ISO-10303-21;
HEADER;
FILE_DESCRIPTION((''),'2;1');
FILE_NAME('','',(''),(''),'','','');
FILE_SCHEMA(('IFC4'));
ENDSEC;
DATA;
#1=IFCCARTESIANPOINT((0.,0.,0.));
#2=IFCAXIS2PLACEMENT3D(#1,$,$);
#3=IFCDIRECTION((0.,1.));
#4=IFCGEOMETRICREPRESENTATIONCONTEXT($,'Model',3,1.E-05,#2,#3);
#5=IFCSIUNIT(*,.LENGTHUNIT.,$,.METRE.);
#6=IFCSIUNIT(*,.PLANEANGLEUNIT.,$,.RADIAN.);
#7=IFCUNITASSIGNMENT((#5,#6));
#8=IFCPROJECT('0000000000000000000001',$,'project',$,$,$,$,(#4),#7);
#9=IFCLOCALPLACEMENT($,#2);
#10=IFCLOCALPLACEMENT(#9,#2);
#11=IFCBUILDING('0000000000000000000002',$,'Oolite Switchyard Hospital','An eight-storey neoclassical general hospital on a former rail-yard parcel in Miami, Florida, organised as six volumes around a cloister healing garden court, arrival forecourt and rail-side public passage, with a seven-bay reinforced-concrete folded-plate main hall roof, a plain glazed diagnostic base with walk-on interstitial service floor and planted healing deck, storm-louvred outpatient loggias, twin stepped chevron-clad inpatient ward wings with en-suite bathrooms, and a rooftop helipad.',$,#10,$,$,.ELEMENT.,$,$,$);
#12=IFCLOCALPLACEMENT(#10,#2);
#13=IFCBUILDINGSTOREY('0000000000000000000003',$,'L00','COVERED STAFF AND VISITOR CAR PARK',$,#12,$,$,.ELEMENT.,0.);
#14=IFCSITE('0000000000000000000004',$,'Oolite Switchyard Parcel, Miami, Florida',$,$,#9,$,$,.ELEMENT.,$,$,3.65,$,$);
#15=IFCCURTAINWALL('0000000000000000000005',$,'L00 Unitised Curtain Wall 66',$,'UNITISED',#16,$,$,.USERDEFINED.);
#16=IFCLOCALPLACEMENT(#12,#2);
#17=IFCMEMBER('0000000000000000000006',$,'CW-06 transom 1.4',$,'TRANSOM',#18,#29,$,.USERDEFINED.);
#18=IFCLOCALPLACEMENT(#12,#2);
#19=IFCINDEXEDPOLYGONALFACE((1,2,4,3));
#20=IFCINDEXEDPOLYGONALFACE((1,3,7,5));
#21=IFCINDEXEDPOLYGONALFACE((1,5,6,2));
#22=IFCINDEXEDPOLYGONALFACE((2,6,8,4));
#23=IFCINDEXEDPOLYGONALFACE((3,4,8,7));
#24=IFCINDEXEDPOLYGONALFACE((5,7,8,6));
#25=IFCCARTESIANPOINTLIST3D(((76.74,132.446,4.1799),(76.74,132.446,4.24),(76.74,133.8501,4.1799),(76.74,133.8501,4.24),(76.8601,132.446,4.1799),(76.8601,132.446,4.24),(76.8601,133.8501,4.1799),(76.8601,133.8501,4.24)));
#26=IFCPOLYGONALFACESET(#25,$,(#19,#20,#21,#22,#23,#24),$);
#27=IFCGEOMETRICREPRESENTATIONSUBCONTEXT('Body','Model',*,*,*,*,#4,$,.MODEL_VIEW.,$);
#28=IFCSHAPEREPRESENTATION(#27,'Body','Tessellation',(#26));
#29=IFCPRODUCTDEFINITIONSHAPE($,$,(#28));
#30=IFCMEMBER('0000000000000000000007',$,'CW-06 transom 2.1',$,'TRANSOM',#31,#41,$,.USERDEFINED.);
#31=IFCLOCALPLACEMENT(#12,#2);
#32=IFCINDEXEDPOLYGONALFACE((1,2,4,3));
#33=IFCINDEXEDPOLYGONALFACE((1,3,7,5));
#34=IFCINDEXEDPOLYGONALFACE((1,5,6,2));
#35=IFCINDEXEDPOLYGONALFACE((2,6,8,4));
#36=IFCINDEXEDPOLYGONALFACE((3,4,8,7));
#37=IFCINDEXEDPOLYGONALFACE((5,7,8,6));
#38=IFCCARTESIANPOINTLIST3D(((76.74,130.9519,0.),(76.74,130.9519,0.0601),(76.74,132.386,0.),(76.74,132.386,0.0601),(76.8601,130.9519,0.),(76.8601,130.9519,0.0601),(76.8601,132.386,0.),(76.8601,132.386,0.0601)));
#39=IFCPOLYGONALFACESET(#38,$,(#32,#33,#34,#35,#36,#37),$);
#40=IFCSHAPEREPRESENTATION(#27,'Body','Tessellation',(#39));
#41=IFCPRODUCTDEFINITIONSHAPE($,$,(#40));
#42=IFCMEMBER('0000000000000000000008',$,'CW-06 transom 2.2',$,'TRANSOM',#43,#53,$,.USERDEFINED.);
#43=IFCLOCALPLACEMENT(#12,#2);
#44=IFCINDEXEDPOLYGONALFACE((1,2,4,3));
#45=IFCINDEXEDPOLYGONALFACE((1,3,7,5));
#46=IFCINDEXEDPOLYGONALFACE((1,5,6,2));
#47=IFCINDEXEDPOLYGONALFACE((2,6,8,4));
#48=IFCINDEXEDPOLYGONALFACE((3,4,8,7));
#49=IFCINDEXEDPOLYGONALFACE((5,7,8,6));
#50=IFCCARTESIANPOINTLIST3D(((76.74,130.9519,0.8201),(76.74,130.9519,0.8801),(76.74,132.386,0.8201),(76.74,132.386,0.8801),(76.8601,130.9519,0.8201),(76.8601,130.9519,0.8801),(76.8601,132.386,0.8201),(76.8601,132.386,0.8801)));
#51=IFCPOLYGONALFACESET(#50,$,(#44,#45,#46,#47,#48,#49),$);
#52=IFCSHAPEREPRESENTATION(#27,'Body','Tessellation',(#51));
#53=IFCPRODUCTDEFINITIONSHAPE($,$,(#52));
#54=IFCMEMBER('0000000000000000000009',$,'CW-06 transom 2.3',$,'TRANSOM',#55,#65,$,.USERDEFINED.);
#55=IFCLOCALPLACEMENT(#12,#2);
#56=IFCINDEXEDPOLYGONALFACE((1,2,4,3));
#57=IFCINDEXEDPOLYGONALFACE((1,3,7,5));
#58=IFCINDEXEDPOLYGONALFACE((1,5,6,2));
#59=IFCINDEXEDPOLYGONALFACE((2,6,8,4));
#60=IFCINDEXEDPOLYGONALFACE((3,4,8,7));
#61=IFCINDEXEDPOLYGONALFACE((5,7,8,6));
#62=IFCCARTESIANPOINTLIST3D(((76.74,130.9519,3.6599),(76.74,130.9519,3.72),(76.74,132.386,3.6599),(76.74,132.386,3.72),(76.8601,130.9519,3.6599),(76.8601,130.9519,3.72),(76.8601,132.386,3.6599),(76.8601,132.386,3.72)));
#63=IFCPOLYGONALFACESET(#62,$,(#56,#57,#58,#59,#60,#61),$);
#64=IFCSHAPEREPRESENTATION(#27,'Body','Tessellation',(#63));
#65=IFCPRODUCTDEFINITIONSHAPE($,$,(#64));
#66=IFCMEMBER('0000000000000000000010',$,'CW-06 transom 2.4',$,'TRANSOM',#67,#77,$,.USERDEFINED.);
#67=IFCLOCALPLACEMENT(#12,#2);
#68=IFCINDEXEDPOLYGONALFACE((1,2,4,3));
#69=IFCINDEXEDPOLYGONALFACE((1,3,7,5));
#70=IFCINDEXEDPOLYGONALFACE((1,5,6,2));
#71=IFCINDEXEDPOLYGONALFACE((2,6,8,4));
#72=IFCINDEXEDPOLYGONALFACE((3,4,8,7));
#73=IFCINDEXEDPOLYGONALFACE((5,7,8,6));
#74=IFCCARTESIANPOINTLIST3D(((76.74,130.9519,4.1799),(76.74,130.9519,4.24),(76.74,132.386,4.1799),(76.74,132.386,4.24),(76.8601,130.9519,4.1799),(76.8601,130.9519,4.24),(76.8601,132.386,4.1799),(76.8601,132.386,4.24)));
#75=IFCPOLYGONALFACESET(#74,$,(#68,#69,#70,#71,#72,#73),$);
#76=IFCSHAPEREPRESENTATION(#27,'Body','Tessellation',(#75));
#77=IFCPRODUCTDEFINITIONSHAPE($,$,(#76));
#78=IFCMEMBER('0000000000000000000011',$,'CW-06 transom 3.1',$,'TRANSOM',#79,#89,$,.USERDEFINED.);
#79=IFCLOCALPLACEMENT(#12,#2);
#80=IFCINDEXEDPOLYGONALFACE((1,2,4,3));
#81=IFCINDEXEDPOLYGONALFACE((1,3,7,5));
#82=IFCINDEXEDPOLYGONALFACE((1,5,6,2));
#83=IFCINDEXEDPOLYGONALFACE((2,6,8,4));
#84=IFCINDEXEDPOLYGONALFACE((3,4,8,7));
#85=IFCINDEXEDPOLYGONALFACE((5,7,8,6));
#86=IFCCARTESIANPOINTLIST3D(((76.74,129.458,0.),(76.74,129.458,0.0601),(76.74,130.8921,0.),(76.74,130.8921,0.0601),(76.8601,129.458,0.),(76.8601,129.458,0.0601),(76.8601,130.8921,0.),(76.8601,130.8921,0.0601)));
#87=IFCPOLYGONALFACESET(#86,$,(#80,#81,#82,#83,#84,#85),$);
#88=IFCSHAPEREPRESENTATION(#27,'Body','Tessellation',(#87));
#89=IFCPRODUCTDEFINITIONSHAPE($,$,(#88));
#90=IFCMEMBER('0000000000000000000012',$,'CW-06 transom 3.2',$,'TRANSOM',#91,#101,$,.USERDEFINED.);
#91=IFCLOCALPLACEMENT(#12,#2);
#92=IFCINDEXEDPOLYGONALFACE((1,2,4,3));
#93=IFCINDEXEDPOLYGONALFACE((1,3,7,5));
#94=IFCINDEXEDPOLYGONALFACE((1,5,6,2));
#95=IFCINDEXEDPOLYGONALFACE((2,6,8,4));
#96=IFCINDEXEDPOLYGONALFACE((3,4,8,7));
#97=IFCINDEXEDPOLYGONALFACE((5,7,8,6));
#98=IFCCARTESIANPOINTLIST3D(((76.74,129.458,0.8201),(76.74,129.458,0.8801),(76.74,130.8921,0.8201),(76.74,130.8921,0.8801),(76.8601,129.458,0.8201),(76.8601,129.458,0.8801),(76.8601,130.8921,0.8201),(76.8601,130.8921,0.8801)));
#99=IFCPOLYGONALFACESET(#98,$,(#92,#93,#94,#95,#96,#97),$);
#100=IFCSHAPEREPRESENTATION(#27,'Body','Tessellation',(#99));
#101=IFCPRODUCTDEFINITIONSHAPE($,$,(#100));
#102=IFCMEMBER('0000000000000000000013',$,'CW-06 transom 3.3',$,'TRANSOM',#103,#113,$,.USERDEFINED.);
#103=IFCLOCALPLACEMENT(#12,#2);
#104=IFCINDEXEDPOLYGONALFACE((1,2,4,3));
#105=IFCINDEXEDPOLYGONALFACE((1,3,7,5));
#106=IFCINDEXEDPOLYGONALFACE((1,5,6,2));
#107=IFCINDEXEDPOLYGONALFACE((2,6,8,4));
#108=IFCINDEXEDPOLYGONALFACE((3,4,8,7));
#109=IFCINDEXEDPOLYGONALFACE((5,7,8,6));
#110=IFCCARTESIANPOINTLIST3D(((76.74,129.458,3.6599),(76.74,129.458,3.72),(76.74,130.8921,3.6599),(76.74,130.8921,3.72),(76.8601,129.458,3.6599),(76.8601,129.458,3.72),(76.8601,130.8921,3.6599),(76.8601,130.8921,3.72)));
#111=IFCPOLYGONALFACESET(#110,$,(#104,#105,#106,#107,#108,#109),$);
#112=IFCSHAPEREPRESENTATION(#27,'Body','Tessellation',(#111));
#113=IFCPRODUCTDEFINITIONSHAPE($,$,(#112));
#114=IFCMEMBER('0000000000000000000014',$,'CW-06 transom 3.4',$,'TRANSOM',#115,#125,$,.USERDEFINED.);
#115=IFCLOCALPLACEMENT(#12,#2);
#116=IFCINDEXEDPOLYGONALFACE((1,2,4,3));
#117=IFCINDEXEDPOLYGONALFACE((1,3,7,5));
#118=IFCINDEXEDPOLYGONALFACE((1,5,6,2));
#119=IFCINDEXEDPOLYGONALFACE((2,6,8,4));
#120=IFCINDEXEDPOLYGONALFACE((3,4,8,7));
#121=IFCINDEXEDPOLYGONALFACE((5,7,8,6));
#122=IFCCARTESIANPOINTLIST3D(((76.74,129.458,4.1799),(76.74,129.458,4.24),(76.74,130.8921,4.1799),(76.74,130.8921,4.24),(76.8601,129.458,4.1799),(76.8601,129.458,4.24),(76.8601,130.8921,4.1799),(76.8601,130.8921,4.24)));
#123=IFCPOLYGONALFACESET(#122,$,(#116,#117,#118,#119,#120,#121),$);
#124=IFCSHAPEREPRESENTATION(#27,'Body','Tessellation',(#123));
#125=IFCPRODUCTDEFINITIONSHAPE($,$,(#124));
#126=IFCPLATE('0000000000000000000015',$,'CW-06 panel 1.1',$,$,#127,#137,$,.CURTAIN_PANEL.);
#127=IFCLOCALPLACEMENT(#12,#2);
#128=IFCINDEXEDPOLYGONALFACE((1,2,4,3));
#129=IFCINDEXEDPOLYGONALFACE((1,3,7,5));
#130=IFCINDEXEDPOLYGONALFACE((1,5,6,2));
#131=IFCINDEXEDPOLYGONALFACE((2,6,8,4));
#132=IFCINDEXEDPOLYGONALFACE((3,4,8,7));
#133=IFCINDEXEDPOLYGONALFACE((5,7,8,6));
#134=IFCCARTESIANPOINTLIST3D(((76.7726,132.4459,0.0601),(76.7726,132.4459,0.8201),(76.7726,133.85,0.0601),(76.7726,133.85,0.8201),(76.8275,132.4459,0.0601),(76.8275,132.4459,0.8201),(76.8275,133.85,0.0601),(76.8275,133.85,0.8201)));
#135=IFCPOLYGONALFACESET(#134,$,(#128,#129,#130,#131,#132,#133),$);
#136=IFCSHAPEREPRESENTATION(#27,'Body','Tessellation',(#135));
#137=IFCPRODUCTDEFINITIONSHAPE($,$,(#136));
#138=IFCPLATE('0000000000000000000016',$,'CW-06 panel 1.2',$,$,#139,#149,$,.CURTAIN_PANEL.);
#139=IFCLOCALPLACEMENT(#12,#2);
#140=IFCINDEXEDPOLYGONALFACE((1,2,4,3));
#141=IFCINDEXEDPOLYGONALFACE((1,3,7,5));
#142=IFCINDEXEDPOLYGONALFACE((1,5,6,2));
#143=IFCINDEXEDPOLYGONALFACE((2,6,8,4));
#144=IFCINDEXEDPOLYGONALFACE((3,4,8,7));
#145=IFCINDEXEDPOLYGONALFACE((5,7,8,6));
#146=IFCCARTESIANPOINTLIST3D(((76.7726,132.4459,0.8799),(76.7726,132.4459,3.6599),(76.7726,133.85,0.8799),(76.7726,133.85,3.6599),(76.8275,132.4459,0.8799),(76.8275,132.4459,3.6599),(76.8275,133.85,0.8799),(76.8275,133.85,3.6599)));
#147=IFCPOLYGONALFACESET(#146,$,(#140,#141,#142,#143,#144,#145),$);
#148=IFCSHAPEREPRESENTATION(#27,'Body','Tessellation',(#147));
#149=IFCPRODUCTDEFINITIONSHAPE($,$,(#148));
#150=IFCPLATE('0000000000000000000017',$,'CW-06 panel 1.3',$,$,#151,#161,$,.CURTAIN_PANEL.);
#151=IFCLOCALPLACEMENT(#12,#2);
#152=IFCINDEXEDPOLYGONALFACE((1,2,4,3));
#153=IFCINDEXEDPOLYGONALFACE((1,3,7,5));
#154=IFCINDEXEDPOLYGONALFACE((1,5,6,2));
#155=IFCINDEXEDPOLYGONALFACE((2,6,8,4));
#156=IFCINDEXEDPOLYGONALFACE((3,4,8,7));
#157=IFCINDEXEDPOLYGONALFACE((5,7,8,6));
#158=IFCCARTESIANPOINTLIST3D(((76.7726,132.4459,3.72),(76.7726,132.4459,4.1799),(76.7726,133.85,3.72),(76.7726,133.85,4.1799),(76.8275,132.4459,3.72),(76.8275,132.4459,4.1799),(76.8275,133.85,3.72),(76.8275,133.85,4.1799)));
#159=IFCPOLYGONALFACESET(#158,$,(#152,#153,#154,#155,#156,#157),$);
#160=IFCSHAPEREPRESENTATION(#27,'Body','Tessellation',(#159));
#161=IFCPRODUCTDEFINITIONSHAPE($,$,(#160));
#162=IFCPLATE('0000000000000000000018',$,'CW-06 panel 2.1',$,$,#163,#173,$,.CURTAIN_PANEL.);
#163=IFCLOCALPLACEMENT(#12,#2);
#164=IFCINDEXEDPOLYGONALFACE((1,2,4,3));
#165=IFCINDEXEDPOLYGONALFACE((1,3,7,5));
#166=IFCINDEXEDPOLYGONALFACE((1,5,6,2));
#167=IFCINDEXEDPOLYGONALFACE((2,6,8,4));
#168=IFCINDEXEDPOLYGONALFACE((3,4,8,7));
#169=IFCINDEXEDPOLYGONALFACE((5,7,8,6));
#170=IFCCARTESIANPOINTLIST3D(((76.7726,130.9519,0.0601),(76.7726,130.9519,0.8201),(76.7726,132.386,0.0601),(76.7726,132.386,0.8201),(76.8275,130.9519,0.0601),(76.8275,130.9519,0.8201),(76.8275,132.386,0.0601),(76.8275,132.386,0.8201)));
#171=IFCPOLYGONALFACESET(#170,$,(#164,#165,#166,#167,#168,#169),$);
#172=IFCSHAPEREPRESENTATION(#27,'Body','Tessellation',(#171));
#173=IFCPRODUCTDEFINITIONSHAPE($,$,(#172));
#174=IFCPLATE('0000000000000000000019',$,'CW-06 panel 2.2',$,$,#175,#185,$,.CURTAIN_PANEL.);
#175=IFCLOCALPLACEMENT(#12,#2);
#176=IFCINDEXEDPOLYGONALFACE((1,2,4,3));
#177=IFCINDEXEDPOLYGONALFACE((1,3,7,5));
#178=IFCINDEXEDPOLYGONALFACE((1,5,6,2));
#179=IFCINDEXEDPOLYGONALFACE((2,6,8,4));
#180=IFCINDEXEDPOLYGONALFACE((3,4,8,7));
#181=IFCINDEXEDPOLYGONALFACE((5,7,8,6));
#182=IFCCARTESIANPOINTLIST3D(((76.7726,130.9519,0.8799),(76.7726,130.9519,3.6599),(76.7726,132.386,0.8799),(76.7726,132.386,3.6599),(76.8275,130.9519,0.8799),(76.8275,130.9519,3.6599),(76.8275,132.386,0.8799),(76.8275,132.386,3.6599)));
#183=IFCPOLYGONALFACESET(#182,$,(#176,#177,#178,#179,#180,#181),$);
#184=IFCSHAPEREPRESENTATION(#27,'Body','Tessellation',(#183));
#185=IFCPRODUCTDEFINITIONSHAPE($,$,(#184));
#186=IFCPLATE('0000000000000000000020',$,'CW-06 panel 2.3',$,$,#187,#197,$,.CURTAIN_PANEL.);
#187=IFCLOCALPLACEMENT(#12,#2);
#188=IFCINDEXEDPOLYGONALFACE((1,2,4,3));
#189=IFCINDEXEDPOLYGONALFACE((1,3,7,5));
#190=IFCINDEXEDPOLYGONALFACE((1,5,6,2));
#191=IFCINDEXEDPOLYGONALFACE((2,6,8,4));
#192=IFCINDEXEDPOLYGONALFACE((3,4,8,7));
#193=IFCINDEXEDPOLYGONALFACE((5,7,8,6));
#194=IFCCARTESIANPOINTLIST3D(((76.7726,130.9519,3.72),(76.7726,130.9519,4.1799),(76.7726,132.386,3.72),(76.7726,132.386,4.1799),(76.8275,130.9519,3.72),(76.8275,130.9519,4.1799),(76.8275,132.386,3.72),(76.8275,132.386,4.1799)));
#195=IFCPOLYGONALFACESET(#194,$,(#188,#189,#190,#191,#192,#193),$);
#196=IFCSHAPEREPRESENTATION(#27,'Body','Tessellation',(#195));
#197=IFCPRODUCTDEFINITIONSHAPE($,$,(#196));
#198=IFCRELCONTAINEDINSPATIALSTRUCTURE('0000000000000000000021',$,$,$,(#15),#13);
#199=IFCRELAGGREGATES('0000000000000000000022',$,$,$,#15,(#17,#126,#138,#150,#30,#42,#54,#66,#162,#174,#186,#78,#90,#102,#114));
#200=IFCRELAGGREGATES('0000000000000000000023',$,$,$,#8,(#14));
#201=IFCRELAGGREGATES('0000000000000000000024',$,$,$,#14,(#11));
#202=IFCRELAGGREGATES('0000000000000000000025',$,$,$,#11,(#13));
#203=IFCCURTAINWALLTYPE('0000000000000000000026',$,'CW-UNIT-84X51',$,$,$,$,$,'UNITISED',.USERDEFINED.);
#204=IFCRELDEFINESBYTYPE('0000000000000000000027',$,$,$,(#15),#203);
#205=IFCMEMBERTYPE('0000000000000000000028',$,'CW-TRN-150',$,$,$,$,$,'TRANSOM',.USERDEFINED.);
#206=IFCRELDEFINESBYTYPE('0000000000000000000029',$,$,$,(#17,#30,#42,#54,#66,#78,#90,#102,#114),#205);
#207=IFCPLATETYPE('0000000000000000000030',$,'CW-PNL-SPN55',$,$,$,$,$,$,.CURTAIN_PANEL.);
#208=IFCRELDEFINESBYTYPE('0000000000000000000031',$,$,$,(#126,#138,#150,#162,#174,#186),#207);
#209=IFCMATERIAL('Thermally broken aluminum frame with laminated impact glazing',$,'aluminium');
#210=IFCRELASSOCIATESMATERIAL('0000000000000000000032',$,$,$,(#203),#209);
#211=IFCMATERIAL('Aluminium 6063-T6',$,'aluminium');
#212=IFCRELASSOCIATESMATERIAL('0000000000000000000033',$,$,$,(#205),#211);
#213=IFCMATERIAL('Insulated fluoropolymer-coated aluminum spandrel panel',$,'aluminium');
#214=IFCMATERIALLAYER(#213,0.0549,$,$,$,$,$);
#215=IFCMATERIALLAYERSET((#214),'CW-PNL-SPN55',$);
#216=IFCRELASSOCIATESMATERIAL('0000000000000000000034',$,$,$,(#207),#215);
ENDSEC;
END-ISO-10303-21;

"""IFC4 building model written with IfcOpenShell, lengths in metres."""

from ifc_helpers import new_model, si_unit, direction, frame, origin, origin_2d, place, context, subcontext, project, spatial, rectangle, extrude, material, layer, layer_set, material_profile, profile_set, type_object, element, aggregate, save


model = new_model("IFC4")

# Units and contexts
model_context = context("Model", 3, precision=1e-05, world=origin(), true_north=direction((0.0, 1.0)))
body_context = subcontext(model_context, "Body", "Model", "MODEL_VIEW")
ifc_project = project(units=[si_unit("LENGTHUNIT", "METRE"), si_unit("PLANEANGLEUNIT", "RADIAN")], contexts=[model_context])

# Site, building, storey
site_placement = place(None, origin())
site = spatial("IfcSite", under=ifc_project, at=site_placement, Name="Oolite Switchyard Parcel, Miami, Florida", CompositionType="ELEMENT", RefElevation=3.65)
building_placement = place(site_placement, origin())
building = spatial("IfcBuilding", under=site, at=building_placement, Name="Oolite Switchyard Hospital", Description="An eight-storey neoclassical general hospital on a former rail-yard parcel in Miami, Florida, organised as six volumes around a cloister healing garden court, arrival forecourt and rail-side public passage, with a seven-bay reinforced-concrete folded-plate main hall roof, a plain glazed diagnostic base with walk-on interstitial service floor and planted healing deck, storm-louvred outpatient loggias, twin stepped chevron-clad inpatient ward wings with en-suite bathrooms, and a rooftop helipad.", CompositionType="ELEMENT")
storey_placement = place(building_placement, origin())
storey = spatial("IfcBuildingStorey", under=building, at=storey_placement, Name="L00", Description="COVERED STAFF AND VISITOR CAR PARK", CompositionType="ELEMENT", Elevation=0.0)

# Curtain wall, members, plates
ifc_material_1 = material(Name="Thermally broken aluminum frame with laminated impact glazing", Category="aluminium")
curtain_wall_type = type_object("IfcCurtainWallType", Name="CW-UNIT-84X51", ElementType="UNITISED", PredefinedType="USERDEFINED", material=ifc_material_1)
curtain_wall_placement = place(storey_placement, origin())
curtain_wall = element("IfcCurtainWall", 1, at=curtain_wall_placement, inside=storey, type_object=curtain_wall_type, Name="L00 Unitised Curtain Wall 66", ObjectType="UNITISED", PredefinedType="USERDEFINED")
ifc_material_2 = material(Name="Aluminium 6063-T6", Category="aluminium")
ifc_material_profile_1 = material_profile(ifc_material_2, rectangle(XDim=0.1201, YDim=0.0601, at=origin_2d()), Name="CWT60X120")
ifc_profile_set_1 = profile_set([ifc_material_profile_1], Name="Aluminium 6063-T6")
member_type_1 = type_object("IfcMemberType", Name="CW-TRN-150", ElementType="TRANSOM", PredefinedType="USERDEFINED", material=ifc_profile_set_1)
member_1_placement = place(storey_placement, frame((76.8, 133.8501, 4.21), z_axis=(0.0, -1.0, 0.0), x_axis=(1.0, 0.0, 0.0)))
member_1 = element("IfcMember", 2, at=member_1_placement, type_object=member_type_1, Name="CW-06 transom 1.4", ObjectType="TRANSOM", PredefinedType="USERDEFINED", context=body_context, shape_type="SweptSolid", body=[
    extrude(rectangle(XDim=0.1201, YDim=0.0601, at=origin_2d()), origin(), (0.0, 0.0, 1.0), 1.4041),
])
member_2_placement = place(storey_placement, frame((76.8, 132.386, 0.03), z_axis=(0.0, -1.0, 0.0), x_axis=(1.0, 0.0, 0.0)))
member_2 = element("IfcMember", 3, at=member_2_placement, type_object=member_type_1, Name="CW-06 transom 2.1", ObjectType="TRANSOM", PredefinedType="USERDEFINED", context=body_context, shape_type="SweptSolid", body=[
    extrude(rectangle(XDim=0.1201, YDim=0.0601, at=origin_2d()), origin(), (0.0, 0.0, 1.0), 1.4341),
])
member_3_placement = place(storey_placement, frame((76.8, 132.386, 0.8501), z_axis=(0.0, -1.0, 0.0), x_axis=(1.0, 0.0, 0.0)))
member_3 = element("IfcMember", 4, at=member_3_placement, type_object=member_type_1, Name="CW-06 transom 2.2", ObjectType="TRANSOM", PredefinedType="USERDEFINED", context=body_context, shape_type="SweptSolid", body=[
    extrude(rectangle(XDim=0.1201, YDim=0.0601, at=origin_2d()), origin(), (0.0, 0.0, 1.0), 1.4341),
])
member_4_placement = place(storey_placement, frame((76.8, 132.386, 3.6899), z_axis=(0.0, -1.0, 0.0), x_axis=(1.0, 0.0, 0.0)))
member_4 = element("IfcMember", 5, at=member_4_placement, type_object=member_type_1, Name="CW-06 transom 2.3", ObjectType="TRANSOM", PredefinedType="USERDEFINED", context=body_context, shape_type="SweptSolid", body=[
    extrude(rectangle(XDim=0.1201, YDim=0.0601, at=origin_2d()), origin(), (0.0, 0.0, 1.0), 1.4341),
])
member_5_placement = place(storey_placement, frame((76.8, 132.386, 4.21), z_axis=(0.0, -1.0, 0.0), x_axis=(1.0, 0.0, 0.0)))
member_5 = element("IfcMember", 6, at=member_5_placement, type_object=member_type_1, Name="CW-06 transom 2.4", ObjectType="TRANSOM", PredefinedType="USERDEFINED", context=body_context, shape_type="SweptSolid", body=[
    extrude(rectangle(XDim=0.1201, YDim=0.0601, at=origin_2d()), origin(), (0.0, 0.0, 1.0), 1.4341),
])
member_6_placement = place(storey_placement, frame((76.8, 130.8921, 0.03), z_axis=(0.0, -1.0, 0.0), x_axis=(1.0, 0.0, 0.0)))
member_6 = element("IfcMember", 7, at=member_6_placement, type_object=member_type_1, Name="CW-06 transom 3.1", ObjectType="TRANSOM", PredefinedType="USERDEFINED", context=body_context, shape_type="SweptSolid", body=[
    extrude(rectangle(XDim=0.1201, YDim=0.0601, at=origin_2d()), origin(), (0.0, 0.0, 1.0), 1.4341),
])
member_7_placement = place(storey_placement, frame((76.8, 130.8921, 0.8501), z_axis=(0.0, -1.0, 0.0), x_axis=(1.0, 0.0, 0.0)))
member_7 = element("IfcMember", 8, at=member_7_placement, type_object=member_type_1, Name="CW-06 transom 3.2", ObjectType="TRANSOM", PredefinedType="USERDEFINED", context=body_context, shape_type="SweptSolid", body=[
    extrude(rectangle(XDim=0.1201, YDim=0.0601, at=origin_2d()), origin(), (0.0, 0.0, 1.0), 1.4341),
])
member_8_placement = place(storey_placement, frame((76.8, 130.8921, 3.6899), z_axis=(0.0, -1.0, 0.0), x_axis=(1.0, 0.0, 0.0)))
member_8 = element("IfcMember", 9, at=member_8_placement, type_object=member_type_1, Name="CW-06 transom 3.3", ObjectType="TRANSOM", PredefinedType="USERDEFINED", context=body_context, shape_type="SweptSolid", body=[
    extrude(rectangle(XDim=0.1201, YDim=0.0601, at=origin_2d()), origin(), (0.0, 0.0, 1.0), 1.4341),
])
member_9_placement = place(storey_placement, frame((76.8, 130.8921, 4.21), z_axis=(0.0, -1.0, 0.0), x_axis=(1.0, 0.0, 0.0)))
member_9 = element("IfcMember", 10, at=member_9_placement, type_object=member_type_1, Name="CW-06 transom 3.4", ObjectType="TRANSOM", PredefinedType="USERDEFINED", context=body_context, shape_type="SweptSolid", body=[
    extrude(rectangle(XDim=0.1201, YDim=0.0601, at=origin_2d()), origin(), (0.0, 0.0, 1.0), 1.4341),
])
ifc_material_3 = material(Name="Insulated fluoropolymer-coated aluminum spandrel panel", Category="aluminium")
ifc_layer = layer(ifc_material_3, 0.0549)
ifc_layer_set = layer_set([ifc_layer], Name="CW-PNL-SPN55")
plate_type = type_object("IfcPlateType", Name="CW-PNL-SPN55", PredefinedType="CURTAIN_PANEL", material=ifc_layer_set)
plate_1_placement = place(storey_placement, frame((76.8, 133.1479, 0.0601), z_axis=(0.0, 0.0, 1.0), x_axis=(0.0, -1.0, 0.0)))
plate_1 = element("IfcPlate", 11, at=plate_1_placement, type_object=plate_type, Name="CW-06 panel 1.1", PredefinedType="CURTAIN_PANEL", context=body_context, shape_type="SweptSolid", body=[
    extrude(rectangle(XDim=1.4041, YDim=0.0549, at=origin_2d()), origin(), (0.0, 0.0, 1.0), 0.76),
])
plate_2_placement = place(storey_placement, frame((76.8, 133.1479, 0.8799), z_axis=(0.0, 0.0, 1.0), x_axis=(0.0, -1.0, 0.0)))
plate_2 = element("IfcPlate", 12, at=plate_2_placement, type_object=plate_type, Name="CW-06 panel 1.2", PredefinedType="CURTAIN_PANEL", context=body_context, shape_type="SweptSolid", body=[
    extrude(rectangle(XDim=1.4041, YDim=0.0549, at=origin_2d()), origin(), (0.0, 0.0, 1.0), 2.78),
])
plate_3_placement = place(storey_placement, frame((76.8, 133.1479, 3.72), z_axis=(0.0, 0.0, 1.0), x_axis=(0.0, -1.0, 0.0)))
plate_3 = element("IfcPlate", 13, at=plate_3_placement, type_object=plate_type, Name="CW-06 panel 1.3", PredefinedType="CURTAIN_PANEL", context=body_context, shape_type="SweptSolid", body=[
    extrude(rectangle(XDim=1.4041, YDim=0.0549, at=origin_2d()), origin(), (0.0, 0.0, 1.0), 0.46),
])
plate_4_placement = place(storey_placement, frame((76.8, 131.6689, 0.0601), z_axis=(0.0, 0.0, 1.0), x_axis=(0.0, -1.0, 0.0)))
plate_4 = element("IfcPlate", 14, at=plate_4_placement, type_object=plate_type, Name="CW-06 panel 2.1", PredefinedType="CURTAIN_PANEL", context=body_context, shape_type="SweptSolid", body=[
    extrude(rectangle(XDim=1.4341, YDim=0.0549, at=origin_2d()), origin(), (0.0, 0.0, 1.0), 0.76),
])
plate_5_placement = place(storey_placement, frame((76.8, 131.6689, 0.8799), z_axis=(0.0, 0.0, 1.0), x_axis=(0.0, -1.0, 0.0)))
plate_5 = element("IfcPlate", 15, at=plate_5_placement, type_object=plate_type, Name="CW-06 panel 2.2", PredefinedType="CURTAIN_PANEL", context=body_context, shape_type="SweptSolid", body=[
    extrude(rectangle(XDim=1.4341, YDim=0.0549, at=origin_2d()), origin(), (0.0, 0.0, 1.0), 2.78),
])
plate_6_placement = place(storey_placement, frame((76.8, 131.6689, 3.72), z_axis=(0.0, 0.0, 1.0), x_axis=(0.0, -1.0, 0.0)))
plate_6 = element("IfcPlate", 16, at=plate_6_placement, type_object=plate_type, Name="CW-06 panel 2.3", PredefinedType="CURTAIN_PANEL", context=body_context, shape_type="SweptSolid", body=[
    extrude(rectangle(XDim=1.4341, YDim=0.0549, at=origin_2d()), origin(), (0.0, 0.0, 1.0), 0.46),
])
aggregate(curtain_wall, [member_1, plate_1, plate_2, plate_3, member_2, member_3, member_4, member_5, plate_4, plate_5, plate_6, member_6, member_7, member_8, member_9])

save(model, "model.ifc")
